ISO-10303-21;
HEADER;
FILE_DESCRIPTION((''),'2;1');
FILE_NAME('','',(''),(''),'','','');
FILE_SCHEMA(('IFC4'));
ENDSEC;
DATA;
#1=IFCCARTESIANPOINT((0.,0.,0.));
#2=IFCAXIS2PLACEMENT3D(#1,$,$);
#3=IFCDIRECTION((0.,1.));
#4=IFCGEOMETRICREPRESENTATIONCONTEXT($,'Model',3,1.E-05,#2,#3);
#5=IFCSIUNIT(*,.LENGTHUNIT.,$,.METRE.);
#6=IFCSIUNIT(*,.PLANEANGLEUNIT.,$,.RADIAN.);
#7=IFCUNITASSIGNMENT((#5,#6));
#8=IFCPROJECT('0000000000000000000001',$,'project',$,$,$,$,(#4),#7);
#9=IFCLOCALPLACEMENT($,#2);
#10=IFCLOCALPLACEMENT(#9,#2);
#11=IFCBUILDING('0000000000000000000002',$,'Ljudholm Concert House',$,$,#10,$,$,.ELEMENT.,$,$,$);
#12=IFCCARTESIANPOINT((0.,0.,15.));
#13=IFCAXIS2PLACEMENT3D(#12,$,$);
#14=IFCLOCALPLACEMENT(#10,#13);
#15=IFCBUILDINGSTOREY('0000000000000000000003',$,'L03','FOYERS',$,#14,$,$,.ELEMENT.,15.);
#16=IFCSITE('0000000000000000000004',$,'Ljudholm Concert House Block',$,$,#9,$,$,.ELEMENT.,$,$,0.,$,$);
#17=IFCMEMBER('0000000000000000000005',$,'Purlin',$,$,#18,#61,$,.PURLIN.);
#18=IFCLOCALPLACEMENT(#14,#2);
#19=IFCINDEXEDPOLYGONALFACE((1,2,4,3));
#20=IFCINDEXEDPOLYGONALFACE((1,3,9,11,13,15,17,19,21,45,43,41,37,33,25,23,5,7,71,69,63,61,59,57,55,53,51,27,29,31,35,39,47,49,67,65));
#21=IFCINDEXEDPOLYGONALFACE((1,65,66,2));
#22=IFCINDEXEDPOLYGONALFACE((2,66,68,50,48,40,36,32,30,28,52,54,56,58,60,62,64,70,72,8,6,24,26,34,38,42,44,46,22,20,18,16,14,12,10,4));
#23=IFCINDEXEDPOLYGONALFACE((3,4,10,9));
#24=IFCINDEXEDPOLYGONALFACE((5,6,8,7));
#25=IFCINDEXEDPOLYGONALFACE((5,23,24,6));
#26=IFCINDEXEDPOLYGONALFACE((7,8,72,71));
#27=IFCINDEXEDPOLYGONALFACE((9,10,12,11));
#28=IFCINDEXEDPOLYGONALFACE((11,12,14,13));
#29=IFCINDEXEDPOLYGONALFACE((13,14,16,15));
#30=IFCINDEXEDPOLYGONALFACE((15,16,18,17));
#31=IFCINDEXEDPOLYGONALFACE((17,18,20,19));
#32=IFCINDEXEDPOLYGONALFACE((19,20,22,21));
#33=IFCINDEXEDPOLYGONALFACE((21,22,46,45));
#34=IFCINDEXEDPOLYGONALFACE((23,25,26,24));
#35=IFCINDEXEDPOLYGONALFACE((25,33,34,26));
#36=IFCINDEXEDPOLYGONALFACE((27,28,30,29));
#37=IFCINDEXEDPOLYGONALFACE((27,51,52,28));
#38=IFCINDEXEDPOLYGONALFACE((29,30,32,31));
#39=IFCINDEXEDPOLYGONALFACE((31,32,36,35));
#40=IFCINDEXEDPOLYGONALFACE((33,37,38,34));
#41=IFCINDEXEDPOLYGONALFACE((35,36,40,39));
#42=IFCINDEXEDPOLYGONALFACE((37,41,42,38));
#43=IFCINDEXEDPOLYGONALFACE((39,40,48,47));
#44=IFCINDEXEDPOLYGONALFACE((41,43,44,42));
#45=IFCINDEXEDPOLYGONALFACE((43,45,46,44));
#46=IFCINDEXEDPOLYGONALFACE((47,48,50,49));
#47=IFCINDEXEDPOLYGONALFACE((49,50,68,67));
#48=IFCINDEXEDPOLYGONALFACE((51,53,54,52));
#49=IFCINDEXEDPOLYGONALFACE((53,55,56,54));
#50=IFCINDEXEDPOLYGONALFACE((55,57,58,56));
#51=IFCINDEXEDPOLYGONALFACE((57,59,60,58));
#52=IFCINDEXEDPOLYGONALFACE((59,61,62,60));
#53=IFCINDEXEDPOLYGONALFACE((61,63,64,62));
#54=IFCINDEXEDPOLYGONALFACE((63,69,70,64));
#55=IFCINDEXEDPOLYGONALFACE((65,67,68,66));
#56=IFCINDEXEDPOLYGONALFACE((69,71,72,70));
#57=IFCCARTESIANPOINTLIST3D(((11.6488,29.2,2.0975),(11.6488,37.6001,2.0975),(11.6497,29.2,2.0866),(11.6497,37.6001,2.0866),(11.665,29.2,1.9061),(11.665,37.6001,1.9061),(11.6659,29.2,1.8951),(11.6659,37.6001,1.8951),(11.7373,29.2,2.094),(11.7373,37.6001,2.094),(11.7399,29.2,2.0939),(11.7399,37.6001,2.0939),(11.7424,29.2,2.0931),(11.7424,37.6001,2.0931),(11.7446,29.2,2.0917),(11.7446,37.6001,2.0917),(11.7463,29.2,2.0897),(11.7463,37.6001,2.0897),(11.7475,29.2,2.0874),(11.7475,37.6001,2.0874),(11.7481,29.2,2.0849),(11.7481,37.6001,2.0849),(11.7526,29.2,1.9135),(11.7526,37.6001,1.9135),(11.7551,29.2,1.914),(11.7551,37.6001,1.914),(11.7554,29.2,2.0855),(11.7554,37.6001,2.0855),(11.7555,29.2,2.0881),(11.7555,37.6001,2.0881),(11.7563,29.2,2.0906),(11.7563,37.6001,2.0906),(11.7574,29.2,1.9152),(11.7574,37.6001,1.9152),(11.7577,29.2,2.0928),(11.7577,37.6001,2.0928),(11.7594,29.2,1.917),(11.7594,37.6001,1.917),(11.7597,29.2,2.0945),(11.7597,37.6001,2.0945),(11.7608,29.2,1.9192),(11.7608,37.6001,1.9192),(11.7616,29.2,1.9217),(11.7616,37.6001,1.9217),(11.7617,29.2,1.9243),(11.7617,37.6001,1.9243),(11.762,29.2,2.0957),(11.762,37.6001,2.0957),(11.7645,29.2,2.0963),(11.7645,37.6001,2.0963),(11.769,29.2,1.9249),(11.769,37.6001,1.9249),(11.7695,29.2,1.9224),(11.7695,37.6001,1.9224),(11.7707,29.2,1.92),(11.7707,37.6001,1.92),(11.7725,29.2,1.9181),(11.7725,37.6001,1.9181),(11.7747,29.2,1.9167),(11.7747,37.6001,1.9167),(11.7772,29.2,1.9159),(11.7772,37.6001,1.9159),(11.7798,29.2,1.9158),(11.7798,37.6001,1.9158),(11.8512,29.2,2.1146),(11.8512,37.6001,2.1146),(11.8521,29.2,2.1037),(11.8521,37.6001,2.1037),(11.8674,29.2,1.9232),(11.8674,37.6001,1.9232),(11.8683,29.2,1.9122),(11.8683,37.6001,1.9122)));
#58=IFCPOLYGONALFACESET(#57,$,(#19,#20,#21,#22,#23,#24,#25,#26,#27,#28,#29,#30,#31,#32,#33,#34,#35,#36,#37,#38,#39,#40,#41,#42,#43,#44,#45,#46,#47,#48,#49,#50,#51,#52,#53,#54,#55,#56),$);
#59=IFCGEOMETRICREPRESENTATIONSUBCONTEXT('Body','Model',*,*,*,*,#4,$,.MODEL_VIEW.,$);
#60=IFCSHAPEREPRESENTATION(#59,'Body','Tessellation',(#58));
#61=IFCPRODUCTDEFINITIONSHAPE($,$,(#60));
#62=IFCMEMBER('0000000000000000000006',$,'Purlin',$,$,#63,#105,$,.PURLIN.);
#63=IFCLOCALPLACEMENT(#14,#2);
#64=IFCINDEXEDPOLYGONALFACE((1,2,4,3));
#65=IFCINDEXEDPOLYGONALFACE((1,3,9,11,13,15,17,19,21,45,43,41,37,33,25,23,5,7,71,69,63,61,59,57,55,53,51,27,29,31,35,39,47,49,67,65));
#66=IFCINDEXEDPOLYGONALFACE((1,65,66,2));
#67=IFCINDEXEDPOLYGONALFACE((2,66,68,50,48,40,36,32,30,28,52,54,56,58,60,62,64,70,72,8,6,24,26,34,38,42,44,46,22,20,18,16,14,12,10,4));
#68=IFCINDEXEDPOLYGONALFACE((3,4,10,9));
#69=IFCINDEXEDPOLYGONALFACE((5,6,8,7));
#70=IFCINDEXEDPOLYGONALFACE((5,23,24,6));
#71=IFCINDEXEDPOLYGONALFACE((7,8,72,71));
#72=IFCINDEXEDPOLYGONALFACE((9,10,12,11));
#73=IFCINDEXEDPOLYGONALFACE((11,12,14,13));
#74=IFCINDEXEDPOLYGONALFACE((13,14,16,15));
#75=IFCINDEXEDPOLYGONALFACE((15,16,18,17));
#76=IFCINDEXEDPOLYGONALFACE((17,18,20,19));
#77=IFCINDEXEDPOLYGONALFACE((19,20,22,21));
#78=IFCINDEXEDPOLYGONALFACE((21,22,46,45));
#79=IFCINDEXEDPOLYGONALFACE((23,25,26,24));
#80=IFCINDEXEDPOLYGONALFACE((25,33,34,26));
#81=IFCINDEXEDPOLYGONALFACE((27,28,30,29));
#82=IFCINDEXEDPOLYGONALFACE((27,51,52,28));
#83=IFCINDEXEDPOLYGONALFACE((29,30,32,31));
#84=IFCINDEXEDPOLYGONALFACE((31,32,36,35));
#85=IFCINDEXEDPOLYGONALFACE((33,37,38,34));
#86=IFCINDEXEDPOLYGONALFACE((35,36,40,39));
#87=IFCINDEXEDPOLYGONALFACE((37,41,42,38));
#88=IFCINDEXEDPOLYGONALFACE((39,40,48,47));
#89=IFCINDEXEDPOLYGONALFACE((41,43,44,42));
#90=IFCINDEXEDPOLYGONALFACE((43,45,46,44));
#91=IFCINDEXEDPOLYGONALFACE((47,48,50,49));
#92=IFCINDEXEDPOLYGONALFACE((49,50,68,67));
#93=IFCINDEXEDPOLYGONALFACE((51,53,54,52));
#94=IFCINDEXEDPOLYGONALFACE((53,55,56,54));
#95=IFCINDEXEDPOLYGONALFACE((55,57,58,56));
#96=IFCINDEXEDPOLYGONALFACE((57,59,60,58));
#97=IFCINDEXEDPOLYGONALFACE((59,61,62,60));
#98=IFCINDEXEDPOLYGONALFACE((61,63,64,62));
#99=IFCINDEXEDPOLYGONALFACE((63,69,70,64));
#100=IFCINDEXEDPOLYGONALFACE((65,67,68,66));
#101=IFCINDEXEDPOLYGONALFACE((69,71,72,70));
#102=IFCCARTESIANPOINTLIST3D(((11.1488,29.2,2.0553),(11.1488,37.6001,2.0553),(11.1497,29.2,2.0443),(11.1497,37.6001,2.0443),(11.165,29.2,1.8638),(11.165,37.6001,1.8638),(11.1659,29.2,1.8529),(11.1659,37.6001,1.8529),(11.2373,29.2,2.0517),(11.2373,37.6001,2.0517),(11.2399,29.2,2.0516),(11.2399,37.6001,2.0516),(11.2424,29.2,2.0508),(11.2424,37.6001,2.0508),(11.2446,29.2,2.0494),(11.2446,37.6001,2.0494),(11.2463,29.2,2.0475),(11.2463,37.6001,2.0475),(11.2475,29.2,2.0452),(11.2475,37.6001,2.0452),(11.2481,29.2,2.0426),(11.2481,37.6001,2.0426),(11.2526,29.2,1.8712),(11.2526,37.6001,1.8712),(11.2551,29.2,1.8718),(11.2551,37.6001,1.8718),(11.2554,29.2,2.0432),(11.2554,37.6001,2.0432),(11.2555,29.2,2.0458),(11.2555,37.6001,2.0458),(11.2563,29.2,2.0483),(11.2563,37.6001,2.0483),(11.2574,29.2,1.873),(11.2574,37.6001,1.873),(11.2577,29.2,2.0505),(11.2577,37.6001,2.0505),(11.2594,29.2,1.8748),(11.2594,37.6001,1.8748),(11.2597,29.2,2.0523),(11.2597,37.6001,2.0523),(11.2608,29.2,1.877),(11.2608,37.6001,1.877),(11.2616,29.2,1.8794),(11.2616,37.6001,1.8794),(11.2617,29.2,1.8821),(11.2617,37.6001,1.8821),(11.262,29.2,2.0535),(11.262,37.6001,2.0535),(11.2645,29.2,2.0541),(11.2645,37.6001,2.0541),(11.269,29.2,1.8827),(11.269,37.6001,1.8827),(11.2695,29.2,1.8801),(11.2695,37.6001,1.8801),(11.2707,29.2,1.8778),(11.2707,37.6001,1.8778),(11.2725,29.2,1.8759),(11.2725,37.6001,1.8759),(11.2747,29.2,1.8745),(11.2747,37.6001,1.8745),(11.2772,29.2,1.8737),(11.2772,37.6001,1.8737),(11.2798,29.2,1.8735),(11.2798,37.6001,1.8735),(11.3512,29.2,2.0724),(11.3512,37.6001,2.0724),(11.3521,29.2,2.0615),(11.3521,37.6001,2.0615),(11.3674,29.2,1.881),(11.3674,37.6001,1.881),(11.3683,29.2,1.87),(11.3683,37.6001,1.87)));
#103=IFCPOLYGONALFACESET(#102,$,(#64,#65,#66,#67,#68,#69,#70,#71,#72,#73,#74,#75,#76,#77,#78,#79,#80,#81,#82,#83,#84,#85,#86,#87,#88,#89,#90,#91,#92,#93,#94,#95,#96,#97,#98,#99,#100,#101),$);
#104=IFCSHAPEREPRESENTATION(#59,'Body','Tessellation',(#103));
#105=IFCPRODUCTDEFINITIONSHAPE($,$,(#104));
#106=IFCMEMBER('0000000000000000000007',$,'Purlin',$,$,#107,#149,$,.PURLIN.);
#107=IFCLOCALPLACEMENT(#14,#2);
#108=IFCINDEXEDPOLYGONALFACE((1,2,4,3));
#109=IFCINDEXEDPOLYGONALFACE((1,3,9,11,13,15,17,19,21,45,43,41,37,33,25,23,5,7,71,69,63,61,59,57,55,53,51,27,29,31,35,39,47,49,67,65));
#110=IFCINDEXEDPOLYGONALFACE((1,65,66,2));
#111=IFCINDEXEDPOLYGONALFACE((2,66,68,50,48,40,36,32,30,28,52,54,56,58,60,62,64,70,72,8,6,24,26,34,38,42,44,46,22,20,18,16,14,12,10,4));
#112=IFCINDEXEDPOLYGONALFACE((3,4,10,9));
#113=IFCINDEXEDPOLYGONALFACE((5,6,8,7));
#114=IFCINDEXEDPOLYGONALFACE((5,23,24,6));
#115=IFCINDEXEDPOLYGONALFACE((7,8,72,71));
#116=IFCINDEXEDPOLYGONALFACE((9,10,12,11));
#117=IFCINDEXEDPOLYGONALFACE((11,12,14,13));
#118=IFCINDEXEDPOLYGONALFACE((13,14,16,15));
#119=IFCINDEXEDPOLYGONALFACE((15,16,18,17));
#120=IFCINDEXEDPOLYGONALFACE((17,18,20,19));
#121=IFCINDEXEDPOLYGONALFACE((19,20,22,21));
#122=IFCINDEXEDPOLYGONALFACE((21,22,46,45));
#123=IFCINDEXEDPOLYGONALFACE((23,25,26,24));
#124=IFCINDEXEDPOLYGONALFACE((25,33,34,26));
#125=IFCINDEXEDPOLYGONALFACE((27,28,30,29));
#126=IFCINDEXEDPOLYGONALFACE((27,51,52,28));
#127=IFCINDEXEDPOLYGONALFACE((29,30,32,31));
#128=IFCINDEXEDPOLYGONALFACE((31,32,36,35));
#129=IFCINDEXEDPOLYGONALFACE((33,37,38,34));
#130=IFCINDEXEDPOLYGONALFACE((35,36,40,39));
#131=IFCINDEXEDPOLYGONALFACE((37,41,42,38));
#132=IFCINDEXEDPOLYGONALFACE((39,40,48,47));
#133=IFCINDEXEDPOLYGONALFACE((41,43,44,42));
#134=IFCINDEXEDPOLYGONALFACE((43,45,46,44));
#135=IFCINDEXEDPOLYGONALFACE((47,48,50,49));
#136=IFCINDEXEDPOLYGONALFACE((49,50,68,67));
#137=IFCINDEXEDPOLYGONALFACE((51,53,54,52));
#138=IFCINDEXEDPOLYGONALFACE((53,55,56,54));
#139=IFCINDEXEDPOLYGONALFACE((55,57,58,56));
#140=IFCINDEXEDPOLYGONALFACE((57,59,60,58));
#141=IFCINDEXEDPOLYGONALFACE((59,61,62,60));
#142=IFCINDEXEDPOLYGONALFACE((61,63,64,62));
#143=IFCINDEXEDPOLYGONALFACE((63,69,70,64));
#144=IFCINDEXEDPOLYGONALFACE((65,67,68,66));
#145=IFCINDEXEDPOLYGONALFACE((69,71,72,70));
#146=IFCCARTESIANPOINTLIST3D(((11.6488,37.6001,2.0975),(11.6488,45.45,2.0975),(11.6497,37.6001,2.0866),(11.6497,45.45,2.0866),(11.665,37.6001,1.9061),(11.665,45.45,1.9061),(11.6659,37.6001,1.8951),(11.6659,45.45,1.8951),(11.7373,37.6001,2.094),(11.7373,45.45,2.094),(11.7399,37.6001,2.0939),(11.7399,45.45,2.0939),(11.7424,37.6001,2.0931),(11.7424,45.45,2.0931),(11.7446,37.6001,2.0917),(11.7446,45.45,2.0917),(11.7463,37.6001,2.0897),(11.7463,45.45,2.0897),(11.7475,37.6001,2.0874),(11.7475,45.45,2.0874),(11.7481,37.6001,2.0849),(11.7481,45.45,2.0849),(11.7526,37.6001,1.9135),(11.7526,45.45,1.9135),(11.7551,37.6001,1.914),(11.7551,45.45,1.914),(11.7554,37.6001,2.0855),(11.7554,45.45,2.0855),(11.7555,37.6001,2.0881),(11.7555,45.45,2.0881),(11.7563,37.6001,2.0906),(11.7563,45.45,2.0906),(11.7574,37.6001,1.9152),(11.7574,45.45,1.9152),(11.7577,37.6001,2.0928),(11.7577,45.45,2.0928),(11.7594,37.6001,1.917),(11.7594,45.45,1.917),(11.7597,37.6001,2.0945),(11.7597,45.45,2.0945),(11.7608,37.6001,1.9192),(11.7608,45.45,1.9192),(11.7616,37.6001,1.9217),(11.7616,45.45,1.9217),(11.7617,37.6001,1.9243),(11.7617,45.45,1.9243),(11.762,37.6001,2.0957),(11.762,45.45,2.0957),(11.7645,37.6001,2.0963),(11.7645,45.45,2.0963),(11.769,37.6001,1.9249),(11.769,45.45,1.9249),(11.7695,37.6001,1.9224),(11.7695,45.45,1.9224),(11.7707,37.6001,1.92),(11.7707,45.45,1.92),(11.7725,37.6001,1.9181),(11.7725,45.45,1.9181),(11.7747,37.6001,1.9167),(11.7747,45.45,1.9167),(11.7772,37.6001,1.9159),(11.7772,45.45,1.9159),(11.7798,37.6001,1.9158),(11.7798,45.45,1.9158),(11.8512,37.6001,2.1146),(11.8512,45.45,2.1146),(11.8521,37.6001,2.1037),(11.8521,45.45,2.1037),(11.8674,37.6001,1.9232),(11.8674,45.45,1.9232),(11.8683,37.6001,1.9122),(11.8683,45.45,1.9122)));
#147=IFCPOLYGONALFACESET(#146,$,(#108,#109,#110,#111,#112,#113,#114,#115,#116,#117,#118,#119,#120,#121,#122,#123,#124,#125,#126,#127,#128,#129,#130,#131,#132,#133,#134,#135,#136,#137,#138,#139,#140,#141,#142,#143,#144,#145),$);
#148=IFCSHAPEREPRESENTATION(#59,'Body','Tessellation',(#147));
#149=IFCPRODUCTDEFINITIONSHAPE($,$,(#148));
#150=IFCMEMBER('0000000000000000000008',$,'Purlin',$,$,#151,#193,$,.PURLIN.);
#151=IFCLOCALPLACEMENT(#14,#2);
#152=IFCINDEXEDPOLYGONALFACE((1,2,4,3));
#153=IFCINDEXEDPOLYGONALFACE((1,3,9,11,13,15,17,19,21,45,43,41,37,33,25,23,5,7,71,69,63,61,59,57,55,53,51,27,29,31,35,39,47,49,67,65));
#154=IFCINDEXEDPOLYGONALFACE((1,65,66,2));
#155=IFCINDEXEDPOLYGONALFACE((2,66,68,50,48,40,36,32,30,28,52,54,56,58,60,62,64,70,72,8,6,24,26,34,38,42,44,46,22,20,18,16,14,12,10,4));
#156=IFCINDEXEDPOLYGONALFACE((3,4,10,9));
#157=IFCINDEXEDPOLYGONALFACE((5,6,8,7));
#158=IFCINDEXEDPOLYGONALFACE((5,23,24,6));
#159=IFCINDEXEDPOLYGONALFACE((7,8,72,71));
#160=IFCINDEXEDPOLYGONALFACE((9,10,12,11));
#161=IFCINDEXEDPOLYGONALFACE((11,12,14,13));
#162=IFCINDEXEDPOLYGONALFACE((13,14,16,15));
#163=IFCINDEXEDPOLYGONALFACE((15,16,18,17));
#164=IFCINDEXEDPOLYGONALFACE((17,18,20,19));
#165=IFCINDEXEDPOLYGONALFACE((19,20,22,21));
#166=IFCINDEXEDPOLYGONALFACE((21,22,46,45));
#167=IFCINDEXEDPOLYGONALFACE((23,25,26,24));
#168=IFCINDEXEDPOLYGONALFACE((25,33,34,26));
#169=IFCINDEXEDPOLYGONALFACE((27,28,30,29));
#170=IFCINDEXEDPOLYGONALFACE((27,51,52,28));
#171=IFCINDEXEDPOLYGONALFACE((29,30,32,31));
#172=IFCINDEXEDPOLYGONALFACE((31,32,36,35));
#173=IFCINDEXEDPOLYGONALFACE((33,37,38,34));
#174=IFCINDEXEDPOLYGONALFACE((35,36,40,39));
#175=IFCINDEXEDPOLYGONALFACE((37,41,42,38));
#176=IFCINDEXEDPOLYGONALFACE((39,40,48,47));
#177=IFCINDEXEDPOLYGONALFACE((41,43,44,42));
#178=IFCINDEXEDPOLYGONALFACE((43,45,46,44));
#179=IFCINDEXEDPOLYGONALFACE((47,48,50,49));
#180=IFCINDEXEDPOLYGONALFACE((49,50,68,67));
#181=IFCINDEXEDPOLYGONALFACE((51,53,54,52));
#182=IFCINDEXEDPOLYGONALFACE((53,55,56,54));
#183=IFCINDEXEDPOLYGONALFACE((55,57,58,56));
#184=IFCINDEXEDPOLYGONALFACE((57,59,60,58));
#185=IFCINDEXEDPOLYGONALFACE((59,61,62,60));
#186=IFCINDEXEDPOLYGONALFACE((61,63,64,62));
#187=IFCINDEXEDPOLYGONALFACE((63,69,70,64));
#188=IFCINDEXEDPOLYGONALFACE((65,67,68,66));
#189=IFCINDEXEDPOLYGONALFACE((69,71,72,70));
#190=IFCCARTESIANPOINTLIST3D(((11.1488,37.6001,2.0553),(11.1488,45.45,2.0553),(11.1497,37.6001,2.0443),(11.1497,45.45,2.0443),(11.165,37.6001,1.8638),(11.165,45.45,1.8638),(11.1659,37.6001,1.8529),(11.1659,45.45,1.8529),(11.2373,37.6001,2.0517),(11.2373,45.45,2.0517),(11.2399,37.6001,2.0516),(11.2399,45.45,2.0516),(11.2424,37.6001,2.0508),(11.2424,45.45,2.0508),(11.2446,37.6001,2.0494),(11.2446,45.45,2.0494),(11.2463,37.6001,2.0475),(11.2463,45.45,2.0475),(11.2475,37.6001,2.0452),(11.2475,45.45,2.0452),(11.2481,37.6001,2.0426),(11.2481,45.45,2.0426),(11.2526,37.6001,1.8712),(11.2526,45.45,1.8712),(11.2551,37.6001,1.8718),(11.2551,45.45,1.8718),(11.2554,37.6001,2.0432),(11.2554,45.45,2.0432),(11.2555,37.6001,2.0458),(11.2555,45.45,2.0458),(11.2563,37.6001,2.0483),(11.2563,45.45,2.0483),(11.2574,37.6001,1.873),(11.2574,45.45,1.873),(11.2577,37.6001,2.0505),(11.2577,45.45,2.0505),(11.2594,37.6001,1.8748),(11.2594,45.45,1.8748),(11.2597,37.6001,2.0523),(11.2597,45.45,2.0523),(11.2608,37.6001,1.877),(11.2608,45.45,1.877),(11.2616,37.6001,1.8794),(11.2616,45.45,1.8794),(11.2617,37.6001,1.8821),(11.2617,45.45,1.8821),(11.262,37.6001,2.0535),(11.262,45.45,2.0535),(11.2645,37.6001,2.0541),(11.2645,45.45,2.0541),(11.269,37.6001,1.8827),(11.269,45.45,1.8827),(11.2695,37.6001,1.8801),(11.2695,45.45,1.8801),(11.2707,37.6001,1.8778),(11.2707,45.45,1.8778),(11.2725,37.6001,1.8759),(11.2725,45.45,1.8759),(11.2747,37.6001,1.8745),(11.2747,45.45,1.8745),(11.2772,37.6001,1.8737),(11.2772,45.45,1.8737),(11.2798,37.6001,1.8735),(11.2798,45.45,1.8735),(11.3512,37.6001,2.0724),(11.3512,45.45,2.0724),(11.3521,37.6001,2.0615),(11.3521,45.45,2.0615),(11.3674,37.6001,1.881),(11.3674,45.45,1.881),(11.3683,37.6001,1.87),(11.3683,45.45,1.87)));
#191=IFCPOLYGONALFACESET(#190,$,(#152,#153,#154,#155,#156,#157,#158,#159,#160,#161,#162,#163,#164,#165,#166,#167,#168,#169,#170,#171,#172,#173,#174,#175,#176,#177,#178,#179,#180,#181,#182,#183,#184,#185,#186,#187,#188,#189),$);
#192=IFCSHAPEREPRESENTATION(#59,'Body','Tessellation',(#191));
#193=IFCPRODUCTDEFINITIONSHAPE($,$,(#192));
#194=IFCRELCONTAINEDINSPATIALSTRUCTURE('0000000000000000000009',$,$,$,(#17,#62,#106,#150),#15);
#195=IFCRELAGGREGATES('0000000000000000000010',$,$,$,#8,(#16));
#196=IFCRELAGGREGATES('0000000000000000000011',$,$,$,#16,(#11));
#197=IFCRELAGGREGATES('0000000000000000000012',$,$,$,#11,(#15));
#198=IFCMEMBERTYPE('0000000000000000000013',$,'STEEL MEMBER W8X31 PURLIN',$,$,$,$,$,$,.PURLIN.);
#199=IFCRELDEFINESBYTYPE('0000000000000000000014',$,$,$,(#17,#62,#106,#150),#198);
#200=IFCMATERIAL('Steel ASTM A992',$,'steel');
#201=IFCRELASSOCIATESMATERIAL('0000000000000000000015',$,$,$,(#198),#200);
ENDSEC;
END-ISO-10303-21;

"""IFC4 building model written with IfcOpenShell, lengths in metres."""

from ifc_helpers import new_model, si_unit, direction, frame, origin, origin_2d, place, context, subcontext, project, spatial, i_section, extrude, material, material_profile, profile_set, type_object, element, save


model = new_model("IFC4")

# Units and contexts
model_context = context("Model", 3, precision=1e-05, world=origin(), true_north=direction((0.0, 1.0)))
body_context = subcontext(model_context, "Body", "Model", "MODEL_VIEW")
ifc_project = project(units=[si_unit("LENGTHUNIT", "METRE"), si_unit("PLANEANGLEUNIT", "RADIAN")], contexts=[model_context])

# Site, building, storey
site_placement = place(None, origin())
site = spatial("IfcSite", under=ifc_project, at=site_placement, Name="Ljudholm Concert House Block", CompositionType="ELEMENT", RefElevation=0.0)
building_placement = place(site_placement, origin())
building = spatial("IfcBuilding", under=site, at=building_placement, Name="Ljudholm Concert House", CompositionType="ELEMENT")
storey_placement = place(building_placement, frame((0.0, 0.0, 15.0)))
storey = spatial("IfcBuildingStorey", under=building, at=storey_placement, Name="L03", Description="FOYERS", CompositionType="ELEMENT", Elevation=15.0)

# Members
ifc_material_1 = material(Name="Steel ASTM A992", Category="steel")
ifc_material_profile_1 = material_profile(ifc_material_1, i_section(OverallWidth=0.2031, OverallDepth=0.2031, WebThickness=0.0073, FlangeThickness=0.011, FilletRadius=0.01, at=origin_2d()), Name="W8X31")
ifc_profile_set_1 = profile_set([ifc_material_profile_1], Name="Steel ASTM A992")
member_type_1 = type_object("IfcMemberType", Name="STEEL MEMBER W8X31 PURLIN", PredefinedType="PURLIN", material=ifc_profile_set_1)
for number, where, z_axis, x_axis, name in (
    (1, (11.7585, 29.2, 2.0049), (0.0, 1.0, 0.0), (-0.996441, 0.0, -0.084291), "Purlin"),
    (2, (11.2585, 29.2, 1.9626), (0.0, 1.0, 0.0), (-0.996441, 0.0, -0.084291), "Purlin"),
):
    element("IfcMember", number, at=place(storey_placement, frame(where, z_axis=z_axis, x_axis=x_axis)), inside=storey, type_object=member_type_1, Name=name, PredefinedType="PURLIN", context=body_context, shape_type="SweptSolid", body=[
        extrude(i_section(OverallWidth=0.2031, OverallDepth=0.2031, WebThickness=0.0073, FlangeThickness=0.011, FilletRadius=0.01, at=origin_2d()), origin(), (0.0, 0.0, 1.0), 8.4001),
    ])
for number, where, z_axis, x_axis, name in (
    (3, (11.7585, 37.6001, 2.0049), (0.0, 1.0, 0.0), (-0.996441, 0.0, -0.084291), "Purlin"),
    (4, (11.2585, 37.6001, 1.9626), (0.0, 1.0, 0.0), (-0.996441, 0.0, -0.084291), "Purlin"),
):
    element("IfcMember", number, at=place(storey_placement, frame(where, z_axis=z_axis, x_axis=x_axis)), inside=storey, type_object=member_type_1, Name=name, PredefinedType="PURLIN", context=body_context, shape_type="SweptSolid", body=[
        extrude(i_section(OverallWidth=0.2031, OverallDepth=0.2031, WebThickness=0.0073, FlangeThickness=0.011, FilletRadius=0.01, at=origin_2d()), origin(), (0.0, 0.0, 1.0), 7.8499),
    ])

save(model, "model.ifc")
